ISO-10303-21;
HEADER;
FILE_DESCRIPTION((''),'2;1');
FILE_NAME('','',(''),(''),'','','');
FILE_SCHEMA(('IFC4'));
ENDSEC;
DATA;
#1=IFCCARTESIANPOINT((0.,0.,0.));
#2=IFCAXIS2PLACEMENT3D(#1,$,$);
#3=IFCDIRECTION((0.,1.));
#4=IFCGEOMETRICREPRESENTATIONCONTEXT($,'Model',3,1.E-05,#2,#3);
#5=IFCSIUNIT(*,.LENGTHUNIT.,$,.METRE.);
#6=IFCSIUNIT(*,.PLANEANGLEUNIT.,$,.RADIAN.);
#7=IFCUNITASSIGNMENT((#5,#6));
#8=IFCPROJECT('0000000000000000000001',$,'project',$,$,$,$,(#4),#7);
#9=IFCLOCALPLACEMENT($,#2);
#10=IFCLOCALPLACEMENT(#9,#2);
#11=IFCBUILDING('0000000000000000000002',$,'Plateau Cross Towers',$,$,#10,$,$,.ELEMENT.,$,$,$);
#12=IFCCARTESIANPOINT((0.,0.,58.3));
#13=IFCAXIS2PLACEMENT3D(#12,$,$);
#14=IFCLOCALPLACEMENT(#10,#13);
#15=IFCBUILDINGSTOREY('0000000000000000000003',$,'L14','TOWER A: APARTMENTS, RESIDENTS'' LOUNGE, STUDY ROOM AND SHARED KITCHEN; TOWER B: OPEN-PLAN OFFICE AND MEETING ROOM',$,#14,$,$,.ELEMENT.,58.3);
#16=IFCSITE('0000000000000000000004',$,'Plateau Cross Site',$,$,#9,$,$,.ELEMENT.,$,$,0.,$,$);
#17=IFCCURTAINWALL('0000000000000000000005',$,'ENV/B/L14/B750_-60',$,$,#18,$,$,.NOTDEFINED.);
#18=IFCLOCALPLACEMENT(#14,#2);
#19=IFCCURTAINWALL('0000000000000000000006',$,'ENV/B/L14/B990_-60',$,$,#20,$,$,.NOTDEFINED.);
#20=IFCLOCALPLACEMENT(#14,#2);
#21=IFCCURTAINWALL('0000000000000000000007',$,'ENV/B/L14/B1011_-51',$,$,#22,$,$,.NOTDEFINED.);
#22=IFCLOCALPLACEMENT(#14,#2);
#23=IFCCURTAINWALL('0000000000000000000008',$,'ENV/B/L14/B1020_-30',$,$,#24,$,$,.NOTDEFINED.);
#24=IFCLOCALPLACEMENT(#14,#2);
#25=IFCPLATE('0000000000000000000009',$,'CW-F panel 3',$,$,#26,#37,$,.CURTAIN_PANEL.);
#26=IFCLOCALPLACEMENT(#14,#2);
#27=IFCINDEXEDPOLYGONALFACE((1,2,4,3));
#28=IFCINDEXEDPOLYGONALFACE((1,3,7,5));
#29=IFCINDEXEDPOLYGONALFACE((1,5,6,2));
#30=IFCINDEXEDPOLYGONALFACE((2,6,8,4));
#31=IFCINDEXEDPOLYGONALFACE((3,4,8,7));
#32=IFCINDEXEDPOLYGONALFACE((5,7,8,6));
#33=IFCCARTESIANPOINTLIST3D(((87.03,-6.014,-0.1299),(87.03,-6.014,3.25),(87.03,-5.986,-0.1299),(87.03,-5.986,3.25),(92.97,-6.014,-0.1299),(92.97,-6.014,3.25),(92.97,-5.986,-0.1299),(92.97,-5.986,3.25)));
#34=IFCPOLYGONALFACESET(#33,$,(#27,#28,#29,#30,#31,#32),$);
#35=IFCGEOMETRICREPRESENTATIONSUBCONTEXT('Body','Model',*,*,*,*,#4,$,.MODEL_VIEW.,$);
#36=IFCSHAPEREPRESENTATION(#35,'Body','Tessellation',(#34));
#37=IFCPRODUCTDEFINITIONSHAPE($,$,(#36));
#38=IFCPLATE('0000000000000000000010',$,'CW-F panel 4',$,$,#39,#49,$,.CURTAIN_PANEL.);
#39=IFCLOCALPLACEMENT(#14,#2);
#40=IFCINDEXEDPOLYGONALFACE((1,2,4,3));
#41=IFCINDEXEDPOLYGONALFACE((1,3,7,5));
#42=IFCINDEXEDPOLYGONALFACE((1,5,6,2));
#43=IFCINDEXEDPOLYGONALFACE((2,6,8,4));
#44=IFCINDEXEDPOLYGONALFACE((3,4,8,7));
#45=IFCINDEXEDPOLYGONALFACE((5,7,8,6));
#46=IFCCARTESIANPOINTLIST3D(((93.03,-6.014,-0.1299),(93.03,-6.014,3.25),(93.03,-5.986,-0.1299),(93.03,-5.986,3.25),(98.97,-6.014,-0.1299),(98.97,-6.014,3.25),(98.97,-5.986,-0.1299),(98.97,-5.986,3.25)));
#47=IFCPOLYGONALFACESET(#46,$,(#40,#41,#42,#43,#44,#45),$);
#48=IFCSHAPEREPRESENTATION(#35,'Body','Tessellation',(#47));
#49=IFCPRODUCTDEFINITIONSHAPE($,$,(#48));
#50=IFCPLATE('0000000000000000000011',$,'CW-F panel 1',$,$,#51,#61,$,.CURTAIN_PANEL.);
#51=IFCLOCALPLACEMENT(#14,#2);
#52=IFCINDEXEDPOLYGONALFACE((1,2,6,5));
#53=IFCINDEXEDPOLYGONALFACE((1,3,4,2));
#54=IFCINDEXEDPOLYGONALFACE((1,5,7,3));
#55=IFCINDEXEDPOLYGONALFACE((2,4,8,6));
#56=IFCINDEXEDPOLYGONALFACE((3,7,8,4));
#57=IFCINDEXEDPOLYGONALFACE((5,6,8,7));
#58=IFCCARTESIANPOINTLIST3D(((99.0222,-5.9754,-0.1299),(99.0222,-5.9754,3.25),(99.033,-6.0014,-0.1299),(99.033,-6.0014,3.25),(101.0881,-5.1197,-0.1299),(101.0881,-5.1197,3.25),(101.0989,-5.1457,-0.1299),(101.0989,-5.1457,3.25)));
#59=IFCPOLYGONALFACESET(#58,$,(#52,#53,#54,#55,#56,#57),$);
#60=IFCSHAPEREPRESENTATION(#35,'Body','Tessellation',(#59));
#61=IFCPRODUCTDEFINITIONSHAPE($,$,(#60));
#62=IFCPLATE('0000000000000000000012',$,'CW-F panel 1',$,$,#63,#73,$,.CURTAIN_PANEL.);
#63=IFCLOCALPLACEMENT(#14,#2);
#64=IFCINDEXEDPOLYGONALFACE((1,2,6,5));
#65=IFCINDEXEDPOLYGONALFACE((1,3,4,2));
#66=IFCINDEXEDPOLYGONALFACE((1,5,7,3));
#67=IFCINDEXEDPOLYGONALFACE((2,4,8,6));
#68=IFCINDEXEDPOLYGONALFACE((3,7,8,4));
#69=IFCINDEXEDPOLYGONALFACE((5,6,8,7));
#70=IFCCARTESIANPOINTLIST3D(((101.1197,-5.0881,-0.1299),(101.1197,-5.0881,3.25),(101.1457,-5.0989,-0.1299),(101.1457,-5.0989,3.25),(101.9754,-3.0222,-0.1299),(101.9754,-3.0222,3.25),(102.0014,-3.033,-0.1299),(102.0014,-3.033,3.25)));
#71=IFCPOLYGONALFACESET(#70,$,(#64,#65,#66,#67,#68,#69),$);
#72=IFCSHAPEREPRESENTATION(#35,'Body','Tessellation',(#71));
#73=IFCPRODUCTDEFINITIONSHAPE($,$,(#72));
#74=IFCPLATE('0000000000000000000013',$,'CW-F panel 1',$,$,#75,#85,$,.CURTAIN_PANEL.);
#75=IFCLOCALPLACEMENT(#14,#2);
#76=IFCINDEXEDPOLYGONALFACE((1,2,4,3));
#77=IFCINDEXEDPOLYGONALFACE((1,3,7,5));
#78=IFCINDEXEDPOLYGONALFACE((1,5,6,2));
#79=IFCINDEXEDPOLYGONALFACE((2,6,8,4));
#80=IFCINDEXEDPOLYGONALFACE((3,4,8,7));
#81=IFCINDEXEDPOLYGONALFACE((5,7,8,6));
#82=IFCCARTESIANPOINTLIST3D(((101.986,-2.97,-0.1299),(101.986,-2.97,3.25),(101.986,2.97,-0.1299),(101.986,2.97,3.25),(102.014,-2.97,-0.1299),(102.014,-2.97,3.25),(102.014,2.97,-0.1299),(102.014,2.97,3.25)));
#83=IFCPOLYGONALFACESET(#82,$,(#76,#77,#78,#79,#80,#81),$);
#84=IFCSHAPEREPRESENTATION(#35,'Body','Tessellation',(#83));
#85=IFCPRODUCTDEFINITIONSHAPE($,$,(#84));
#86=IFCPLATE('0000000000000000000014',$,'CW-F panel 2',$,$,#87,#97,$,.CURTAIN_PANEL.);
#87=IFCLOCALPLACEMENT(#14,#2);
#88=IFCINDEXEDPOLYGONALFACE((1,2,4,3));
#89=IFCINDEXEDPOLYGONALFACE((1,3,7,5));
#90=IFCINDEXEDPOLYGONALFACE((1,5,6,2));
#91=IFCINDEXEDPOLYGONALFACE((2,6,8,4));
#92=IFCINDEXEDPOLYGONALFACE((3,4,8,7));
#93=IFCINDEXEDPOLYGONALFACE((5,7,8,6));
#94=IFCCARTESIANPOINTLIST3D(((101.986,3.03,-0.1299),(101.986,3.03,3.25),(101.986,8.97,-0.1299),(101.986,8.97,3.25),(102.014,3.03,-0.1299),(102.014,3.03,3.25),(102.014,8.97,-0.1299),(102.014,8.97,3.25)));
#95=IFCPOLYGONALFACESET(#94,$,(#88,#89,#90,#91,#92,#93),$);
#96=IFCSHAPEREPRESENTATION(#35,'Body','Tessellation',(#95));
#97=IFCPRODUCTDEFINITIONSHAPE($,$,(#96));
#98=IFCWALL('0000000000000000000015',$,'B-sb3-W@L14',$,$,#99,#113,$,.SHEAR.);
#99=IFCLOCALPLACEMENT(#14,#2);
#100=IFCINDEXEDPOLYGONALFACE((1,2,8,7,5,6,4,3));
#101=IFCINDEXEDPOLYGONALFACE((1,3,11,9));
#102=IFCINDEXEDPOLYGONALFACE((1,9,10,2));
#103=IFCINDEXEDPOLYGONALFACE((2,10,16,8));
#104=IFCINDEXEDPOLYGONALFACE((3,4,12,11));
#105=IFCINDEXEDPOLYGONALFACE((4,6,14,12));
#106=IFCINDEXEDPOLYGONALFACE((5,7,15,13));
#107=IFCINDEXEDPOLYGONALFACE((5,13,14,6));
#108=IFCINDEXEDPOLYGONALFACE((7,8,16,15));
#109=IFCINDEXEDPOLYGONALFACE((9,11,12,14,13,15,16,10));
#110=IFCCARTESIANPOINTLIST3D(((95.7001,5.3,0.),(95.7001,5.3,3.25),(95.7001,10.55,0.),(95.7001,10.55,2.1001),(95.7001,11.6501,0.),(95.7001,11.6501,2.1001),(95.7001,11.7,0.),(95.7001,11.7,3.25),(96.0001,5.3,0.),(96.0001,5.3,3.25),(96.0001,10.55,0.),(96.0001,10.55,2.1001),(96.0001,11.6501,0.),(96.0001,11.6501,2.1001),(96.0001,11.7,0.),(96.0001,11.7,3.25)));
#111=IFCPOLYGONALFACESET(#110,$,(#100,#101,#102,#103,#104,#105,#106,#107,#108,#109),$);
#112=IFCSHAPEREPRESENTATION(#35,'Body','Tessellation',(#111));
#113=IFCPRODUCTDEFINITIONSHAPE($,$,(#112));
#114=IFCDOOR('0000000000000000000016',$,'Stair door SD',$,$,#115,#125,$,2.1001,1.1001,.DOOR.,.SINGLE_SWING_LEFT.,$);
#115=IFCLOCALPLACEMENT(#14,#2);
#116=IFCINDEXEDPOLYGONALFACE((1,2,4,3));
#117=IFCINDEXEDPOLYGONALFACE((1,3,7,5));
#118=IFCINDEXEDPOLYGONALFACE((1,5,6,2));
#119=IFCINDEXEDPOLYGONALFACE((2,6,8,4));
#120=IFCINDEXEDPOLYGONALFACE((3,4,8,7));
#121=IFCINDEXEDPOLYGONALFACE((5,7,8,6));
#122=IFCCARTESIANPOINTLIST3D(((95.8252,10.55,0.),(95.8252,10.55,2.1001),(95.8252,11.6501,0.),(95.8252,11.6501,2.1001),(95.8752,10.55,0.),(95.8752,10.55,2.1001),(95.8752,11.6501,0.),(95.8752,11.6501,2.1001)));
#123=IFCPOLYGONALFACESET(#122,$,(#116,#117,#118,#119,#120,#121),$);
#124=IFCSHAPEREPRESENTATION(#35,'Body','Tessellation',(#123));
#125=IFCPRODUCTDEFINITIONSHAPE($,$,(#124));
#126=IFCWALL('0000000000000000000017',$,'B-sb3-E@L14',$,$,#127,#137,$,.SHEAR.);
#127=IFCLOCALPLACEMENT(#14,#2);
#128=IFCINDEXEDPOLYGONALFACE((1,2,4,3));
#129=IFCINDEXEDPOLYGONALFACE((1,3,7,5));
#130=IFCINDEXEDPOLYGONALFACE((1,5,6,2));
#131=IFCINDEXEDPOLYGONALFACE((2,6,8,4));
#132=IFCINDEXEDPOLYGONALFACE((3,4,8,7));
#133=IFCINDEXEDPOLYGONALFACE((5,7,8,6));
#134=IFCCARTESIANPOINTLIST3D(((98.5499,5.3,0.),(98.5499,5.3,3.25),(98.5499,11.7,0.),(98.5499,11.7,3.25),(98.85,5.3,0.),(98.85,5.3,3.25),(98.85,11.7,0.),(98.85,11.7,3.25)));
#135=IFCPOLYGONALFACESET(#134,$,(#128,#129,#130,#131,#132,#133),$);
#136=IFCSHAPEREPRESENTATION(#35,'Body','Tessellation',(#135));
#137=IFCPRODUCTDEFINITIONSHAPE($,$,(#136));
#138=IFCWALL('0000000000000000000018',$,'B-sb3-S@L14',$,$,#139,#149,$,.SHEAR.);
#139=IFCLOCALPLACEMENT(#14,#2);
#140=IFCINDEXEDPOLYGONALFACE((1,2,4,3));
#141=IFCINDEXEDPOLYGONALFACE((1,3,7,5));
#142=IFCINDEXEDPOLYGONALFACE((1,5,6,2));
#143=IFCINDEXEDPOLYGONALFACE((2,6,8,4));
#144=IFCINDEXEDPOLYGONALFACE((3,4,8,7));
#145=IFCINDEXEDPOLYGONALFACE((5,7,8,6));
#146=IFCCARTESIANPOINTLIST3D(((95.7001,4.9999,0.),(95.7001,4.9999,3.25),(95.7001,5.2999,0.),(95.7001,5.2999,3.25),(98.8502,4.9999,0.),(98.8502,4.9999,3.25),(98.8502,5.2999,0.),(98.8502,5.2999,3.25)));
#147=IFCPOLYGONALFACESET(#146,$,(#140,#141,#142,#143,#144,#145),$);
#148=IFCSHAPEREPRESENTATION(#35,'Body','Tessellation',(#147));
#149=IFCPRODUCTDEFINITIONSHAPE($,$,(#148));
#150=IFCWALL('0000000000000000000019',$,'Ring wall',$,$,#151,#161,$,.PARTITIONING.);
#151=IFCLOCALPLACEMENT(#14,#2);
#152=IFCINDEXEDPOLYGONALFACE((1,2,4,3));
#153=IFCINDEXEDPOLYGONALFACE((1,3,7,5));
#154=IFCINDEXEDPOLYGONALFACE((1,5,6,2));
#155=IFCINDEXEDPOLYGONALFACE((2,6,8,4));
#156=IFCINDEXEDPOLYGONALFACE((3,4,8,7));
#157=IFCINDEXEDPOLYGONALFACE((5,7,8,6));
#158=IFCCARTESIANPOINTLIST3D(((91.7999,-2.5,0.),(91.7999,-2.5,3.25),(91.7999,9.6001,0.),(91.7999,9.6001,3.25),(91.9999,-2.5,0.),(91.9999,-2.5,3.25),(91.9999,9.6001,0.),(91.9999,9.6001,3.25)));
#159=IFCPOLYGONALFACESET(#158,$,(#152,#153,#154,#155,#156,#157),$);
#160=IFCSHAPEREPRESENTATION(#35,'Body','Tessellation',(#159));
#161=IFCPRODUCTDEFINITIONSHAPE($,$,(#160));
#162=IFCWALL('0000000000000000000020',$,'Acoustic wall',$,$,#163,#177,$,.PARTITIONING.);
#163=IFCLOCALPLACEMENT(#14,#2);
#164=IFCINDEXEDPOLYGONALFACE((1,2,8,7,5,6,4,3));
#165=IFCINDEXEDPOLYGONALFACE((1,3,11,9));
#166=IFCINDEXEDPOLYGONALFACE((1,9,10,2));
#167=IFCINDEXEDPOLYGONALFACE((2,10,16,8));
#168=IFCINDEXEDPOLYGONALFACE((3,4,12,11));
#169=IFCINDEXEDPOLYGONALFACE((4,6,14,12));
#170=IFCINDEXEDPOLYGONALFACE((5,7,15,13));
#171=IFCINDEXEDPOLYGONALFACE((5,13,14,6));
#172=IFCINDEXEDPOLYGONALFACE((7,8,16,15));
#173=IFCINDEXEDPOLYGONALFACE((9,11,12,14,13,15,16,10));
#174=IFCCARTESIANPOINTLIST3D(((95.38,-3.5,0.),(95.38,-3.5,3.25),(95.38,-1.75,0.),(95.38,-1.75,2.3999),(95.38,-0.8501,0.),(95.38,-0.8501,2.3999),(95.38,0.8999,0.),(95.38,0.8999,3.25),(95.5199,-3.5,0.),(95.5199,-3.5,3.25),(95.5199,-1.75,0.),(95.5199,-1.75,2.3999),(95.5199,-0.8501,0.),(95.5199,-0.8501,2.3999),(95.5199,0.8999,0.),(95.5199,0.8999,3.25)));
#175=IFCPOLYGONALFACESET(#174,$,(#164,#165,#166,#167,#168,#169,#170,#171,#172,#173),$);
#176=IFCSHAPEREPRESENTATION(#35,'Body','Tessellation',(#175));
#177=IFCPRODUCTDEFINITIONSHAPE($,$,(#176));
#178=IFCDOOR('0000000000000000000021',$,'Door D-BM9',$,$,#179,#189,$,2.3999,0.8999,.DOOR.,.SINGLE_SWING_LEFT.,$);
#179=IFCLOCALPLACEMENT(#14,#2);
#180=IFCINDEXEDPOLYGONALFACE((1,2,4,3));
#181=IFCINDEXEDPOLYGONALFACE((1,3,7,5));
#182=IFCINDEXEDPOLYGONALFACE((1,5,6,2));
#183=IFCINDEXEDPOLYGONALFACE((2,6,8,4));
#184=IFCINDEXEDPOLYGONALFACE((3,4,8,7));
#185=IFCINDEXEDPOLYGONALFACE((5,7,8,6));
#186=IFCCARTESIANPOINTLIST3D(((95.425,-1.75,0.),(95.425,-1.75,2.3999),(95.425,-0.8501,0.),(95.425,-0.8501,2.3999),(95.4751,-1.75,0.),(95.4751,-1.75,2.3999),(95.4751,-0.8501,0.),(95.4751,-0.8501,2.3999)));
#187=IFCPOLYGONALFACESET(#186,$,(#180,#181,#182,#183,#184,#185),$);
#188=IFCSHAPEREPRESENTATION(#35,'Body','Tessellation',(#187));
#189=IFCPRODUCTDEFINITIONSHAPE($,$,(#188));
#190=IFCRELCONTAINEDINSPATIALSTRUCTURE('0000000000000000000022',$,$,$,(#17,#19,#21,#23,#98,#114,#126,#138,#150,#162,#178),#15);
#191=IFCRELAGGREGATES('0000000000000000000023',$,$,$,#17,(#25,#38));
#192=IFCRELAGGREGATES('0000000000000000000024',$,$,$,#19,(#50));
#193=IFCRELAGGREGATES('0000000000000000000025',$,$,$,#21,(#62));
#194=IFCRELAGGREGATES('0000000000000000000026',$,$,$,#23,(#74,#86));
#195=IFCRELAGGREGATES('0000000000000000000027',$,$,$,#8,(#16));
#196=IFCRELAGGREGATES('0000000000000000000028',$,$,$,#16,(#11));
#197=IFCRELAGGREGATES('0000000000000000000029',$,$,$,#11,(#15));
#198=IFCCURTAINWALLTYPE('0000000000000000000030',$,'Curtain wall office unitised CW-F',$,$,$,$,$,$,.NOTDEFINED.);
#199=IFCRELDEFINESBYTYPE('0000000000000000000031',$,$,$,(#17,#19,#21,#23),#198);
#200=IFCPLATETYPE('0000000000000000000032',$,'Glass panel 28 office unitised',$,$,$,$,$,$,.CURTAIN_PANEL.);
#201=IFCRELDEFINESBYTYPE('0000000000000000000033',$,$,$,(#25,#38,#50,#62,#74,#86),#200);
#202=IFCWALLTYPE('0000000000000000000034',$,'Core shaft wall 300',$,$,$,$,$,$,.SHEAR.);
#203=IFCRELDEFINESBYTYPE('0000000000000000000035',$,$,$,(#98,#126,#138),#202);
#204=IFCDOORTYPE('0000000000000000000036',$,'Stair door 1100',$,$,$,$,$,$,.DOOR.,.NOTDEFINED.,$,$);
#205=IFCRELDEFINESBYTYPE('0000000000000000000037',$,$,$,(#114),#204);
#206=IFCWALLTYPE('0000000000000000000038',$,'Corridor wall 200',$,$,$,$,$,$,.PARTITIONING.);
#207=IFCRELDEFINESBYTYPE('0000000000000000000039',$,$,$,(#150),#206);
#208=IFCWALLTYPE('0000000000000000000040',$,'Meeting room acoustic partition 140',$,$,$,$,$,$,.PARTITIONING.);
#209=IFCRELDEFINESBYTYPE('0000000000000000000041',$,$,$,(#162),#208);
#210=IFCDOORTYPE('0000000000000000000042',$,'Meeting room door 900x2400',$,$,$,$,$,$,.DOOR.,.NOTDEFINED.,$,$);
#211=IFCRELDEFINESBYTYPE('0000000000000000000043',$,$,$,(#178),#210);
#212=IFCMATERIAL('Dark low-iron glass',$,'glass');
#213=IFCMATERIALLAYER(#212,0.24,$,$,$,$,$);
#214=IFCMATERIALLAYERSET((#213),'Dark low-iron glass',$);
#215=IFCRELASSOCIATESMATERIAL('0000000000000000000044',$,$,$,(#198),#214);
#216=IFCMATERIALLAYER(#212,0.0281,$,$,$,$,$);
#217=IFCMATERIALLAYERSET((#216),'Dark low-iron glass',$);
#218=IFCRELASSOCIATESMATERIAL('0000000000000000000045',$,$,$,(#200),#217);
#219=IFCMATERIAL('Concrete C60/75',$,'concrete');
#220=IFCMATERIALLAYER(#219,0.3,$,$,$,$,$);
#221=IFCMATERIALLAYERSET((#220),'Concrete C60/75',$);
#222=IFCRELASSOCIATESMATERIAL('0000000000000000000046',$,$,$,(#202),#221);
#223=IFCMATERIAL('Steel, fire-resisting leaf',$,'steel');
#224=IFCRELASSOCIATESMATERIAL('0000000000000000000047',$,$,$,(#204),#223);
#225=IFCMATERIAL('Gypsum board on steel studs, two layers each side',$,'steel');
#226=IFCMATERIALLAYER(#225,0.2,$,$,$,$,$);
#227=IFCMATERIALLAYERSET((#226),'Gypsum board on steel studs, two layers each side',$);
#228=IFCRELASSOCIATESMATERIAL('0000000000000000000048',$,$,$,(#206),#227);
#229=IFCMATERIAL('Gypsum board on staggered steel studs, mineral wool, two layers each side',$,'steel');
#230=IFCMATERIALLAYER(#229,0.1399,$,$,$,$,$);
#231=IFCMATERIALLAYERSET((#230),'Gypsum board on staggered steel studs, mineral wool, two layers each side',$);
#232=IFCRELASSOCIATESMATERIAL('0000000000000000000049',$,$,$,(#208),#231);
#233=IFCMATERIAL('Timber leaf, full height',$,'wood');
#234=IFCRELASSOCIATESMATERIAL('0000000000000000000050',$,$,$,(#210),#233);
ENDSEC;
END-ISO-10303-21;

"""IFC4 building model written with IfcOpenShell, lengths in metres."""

from ifc_helpers import new_model, si_unit, direction, frame, frame_2d, origin, origin_2d, place, context, subcontext, project, spatial, rectangle, extrude, material, layer, layer_set, type_object, element, fill, aggregate, save


model = new_model("IFC4")

# Units and contexts
model_context = context("Model", 3, precision=1e-05, world=origin(), true_north=direction((0.0, 1.0)))
body_context = subcontext(model_context, "Body", "Model", "MODEL_VIEW")
ifc_project = project(units=[si_unit("LENGTHUNIT", "METRE"), si_unit("PLANEANGLEUNIT", "RADIAN")], contexts=[model_context])

# Site, building, storey
site_placement = place(None, origin())
site = spatial("IfcSite", under=ifc_project, at=site_placement, Name="Plateau Cross Site", CompositionType="ELEMENT", RefElevation=0.0)
building_placement = place(site_placement, origin())
building = spatial("IfcBuilding", under=site, at=building_placement, Name="Plateau Cross Towers", CompositionType="ELEMENT")
storey_placement = place(building_placement, frame((0.0, 0.0, 58.3)))
storey = spatial("IfcBuildingStorey", under=building, at=storey_placement, Name="L14", Description="TOWER A: APARTMENTS, RESIDENTS' LOUNGE, STUDY ROOM AND SHARED KITCHEN; TOWER B: OPEN-PLAN OFFICE AND MEETING ROOM", CompositionType="ELEMENT", Elevation=58.3)

# Shared definitions
ifc_material_1 = material(Name="Concrete C60/75", Category="concrete")

# Curtain walls
ifc_material_2 = material(Name="Dark low-iron glass", Category="glass")
ifc_layer_1 = layer(ifc_material_2, 0.24)
ifc_layer_set_1 = layer_set([ifc_layer_1], Name="Dark low-iron glass")
curtain_wall_type = type_object("IfcCurtainWallType", Name="Curtain wall office unitised CW-F", PredefinedType="NOTDEFINED", material=ifc_layer_set_1)
curtain_wall_1_placement = place(storey_placement, origin())
curtain_wall_1 = element("IfcCurtainWall", 1, at=curtain_wall_1_placement, inside=storey, type_object=curtain_wall_type, Name="ENV/B/L14/B750_-60", PredefinedType="NOTDEFINED")
curtain_wall_2_placement = place(storey_placement, origin())
curtain_wall_2 = element("IfcCurtainWall", 2, at=curtain_wall_2_placement, inside=storey, type_object=curtain_wall_type, Name="ENV/B/L14/B990_-60", PredefinedType="NOTDEFINED")
curtain_wall_3_placement = place(storey_placement, origin())
curtain_wall_3 = element("IfcCurtainWall", 3, at=curtain_wall_3_placement, inside=storey, type_object=curtain_wall_type, Name="ENV/B/L14/B1011_-51", PredefinedType="NOTDEFINED")

# Curtain wall
curtain_wall_4_placement = place(storey_placement, origin())
curtain_wall_4 = element("IfcCurtainWall", 4, at=curtain_wall_4_placement, inside=storey, type_object=curtain_wall_type, Name="ENV/B/L14/B1020_-30", PredefinedType="NOTDEFINED")

# Plates
ifc_layer_2 = layer(ifc_material_2, 0.0281)
ifc_layer_set_2 = layer_set([ifc_layer_2], Name="Dark low-iron glass")
plate_type = type_object("IfcPlateType", Name="Glass panel 28 office unitised", PredefinedType="CURTAIN_PANEL", material=ifc_layer_set_2)
plate_1_placement = place(storey_placement, frame((90.0, -6.0, -0.1299), z_axis=(0.0, 0.0, 1.0), x_axis=(1.0, 0.0, 0.0)))
plate_1 = element("IfcPlate", 5, at=plate_1_placement, type_object=plate_type, Name="CW-F panel 3", PredefinedType="CURTAIN_PANEL", context=body_context, shape_type="SweptSolid", body=[
    extrude(rectangle(XDim=5.9399, YDim=0.0281, at=origin_2d()), origin(), (0.0, 0.0, 1.0), 3.3799),
])
plate_2_placement = place(storey_placement, frame((96.0, -6.0, -0.1299), z_axis=(0.0, 0.0, 1.0), x_axis=(1.0, 0.0, 0.0)))
plate_2 = element("IfcPlate", 6, at=plate_2_placement, type_object=plate_type, Name="CW-F panel 4", PredefinedType="CURTAIN_PANEL", context=body_context, shape_type="SweptSolid", body=[
    extrude(rectangle(XDim=5.9399, YDim=0.0281, at=origin_2d()), origin(), (0.0, 0.0, 1.0), 3.3799),
])
aggregate(curtain_wall_1, [plate_1, plate_2])
plate_3_placement = place(storey_placement, frame((100.0605, -5.5605, -0.1299), z_axis=(0.0, 0.0, 1.0), x_axis=(0.923879, 0.382684, 0.0)))
plate_3 = element("IfcPlate", 7, at=plate_3_placement, type_object=plate_type, Name="CW-F panel 1", PredefinedType="CURTAIN_PANEL", context=body_context, shape_type="SweptSolid", body=[
    extrude(rectangle(XDim=2.2361, YDim=0.0281, at=origin_2d()), origin(), (0.0, 0.0, 1.0), 3.3799),
])
aggregate(curtain_wall_2, [plate_3])
plate_4_placement = place(storey_placement, frame((101.5605, -4.0605, -0.1299), z_axis=(0.0, 0.0, 1.0), x_axis=(0.382684, 0.923879, 0.0)))
plate_4 = element("IfcPlate", 8, at=plate_4_placement, type_object=plate_type, Name="CW-F panel 1", PredefinedType="CURTAIN_PANEL", context=body_context, shape_type="SweptSolid", body=[
    extrude(rectangle(XDim=2.2361, YDim=0.0281, at=origin_2d()), origin(), (0.0, 0.0, 1.0), 3.3799),
])
aggregate(curtain_wall_3, [plate_4])
plate_5_placement = place(storey_placement, frame((102.0, 0.0, -0.1299), z_axis=(0.0, 0.0, 1.0), x_axis=(0.0, 1.0, 0.0)))
plate_5 = element("IfcPlate", 9, at=plate_5_placement, type_object=plate_type, Name="CW-F panel 1", PredefinedType="CURTAIN_PANEL", context=body_context, shape_type="SweptSolid", body=[
    extrude(rectangle(XDim=5.9399, YDim=0.0281, at=origin_2d()), origin(), (0.0, 0.0, 1.0), 3.3799),
])
plate_6_placement = place(storey_placement, frame((102.0, 6.0, -0.1299), z_axis=(0.0, 0.0, 1.0), x_axis=(0.0, 1.0, 0.0)))
plate_6 = element("IfcPlate", 10, at=plate_6_placement, type_object=plate_type, Name="CW-F panel 2", PredefinedType="CURTAIN_PANEL", context=body_context, shape_type="SweptSolid", body=[
    extrude(rectangle(XDim=5.9399, YDim=0.0281, at=origin_2d()), origin(), (0.0, 0.0, 1.0), 3.3799),
])
aggregate(curtain_wall_4, [plate_5, plate_6])

# Wall, opening, door
ifc_layer_3 = layer(ifc_material_1, 0.3)
ifc_layer_set_3 = layer_set([ifc_layer_3], Name="Concrete C60/75")
wall_type_1 = type_object("IfcWallType", Name="Core shaft wall 300", PredefinedType="SHEAR", material=ifc_layer_set_3)
wall_1_placement = place(storey_placement, frame((95.8501, 5.3, 0.0), z_axis=(0.0, 0.0, 1.0), x_axis=(0.0, 1.0, 0.0)))
wall_1 = element("IfcWall", 11, at=wall_1_placement, inside=storey, type_object=wall_type_1, Name="B-sb3-W@L14", PredefinedType="SHEAR", context=body_context, shape_type="SweptSolid", body=[
    extrude(rectangle(XDim=6.3999, YDim=0.3, at=frame_2d((3.2, 0.0))), origin(), (0.0, 0.0, 1.0), 3.25),
])
opening_1_placement = place(wall_1_placement, frame((5.25, 0.0, 0.0)))
opening_1 = element("IfcOpeningElement", 12, at=opening_1_placement, cuts=wall_1, PredefinedType="OPENING", context=body_context, shape_type="SweptSolid", body=[
    extrude(rectangle(XDim=1.1001, YDim=2.1001, at=frame_2d((0.55, 1.05))), frame((0.0, 0.1599, 0.0), z_axis=(0.0, -1.0, 0.0), x_axis=(1.0, 0.0, 0.0)), (0.0, 0.0, 1.0), 0.3201),
])
ifc_material_3 = material(Name="Steel, fire-resisting leaf", Category="steel")
door_type_1 = type_object("IfcDoorType", Name="Stair door 1100", OperationType="NOTDEFINED", PredefinedType="DOOR", material=ifc_material_3)
door_1_placement = place(opening_1_placement, origin())
door_1 = element("IfcDoor", 13, at=door_1_placement, inside=storey, type_object=door_type_1, Name="Stair door SD", OperationType="SINGLE_SWING_LEFT", OverallHeight=2.1001, OverallWidth=1.1001, PredefinedType="DOOR", context=body_context, shape_type="SweptSolid", body=[
    extrude(rectangle(XDim=1.1001, YDim=2.1001, at=frame_2d((0.55, 1.05))), frame((0.0, 0.0249, 0.0), z_axis=(0.0, -1.0, 0.0), x_axis=(1.0, 0.0, 0.0)), (0.0, 0.0, 1.0), 0.05),
])
fill(opening_1, door_1)

# Walls
wall_2_placement = place(storey_placement, frame((98.7, 5.3, 0.0), z_axis=(0.0, 0.0, 1.0), x_axis=(0.0, 1.0, 0.0)))
element("IfcWall", 14, at=wall_2_placement, inside=storey, type_object=wall_type_1, Name="B-sb3-E@L14", PredefinedType="SHEAR", context=body_context, shape_type="SweptSolid", body=[
    extrude(rectangle(XDim=6.3999, YDim=0.3, at=frame_2d((3.2, 0.0))), origin(), (0.0, 0.0, 1.0), 3.25),
])
wall_3_placement = place(storey_placement, frame((95.7, 5.1499, 0.0), z_axis=(0.0, 0.0, 1.0), x_axis=(1.0, 0.0, 0.0)))
element("IfcWall", 15, at=wall_3_placement, inside=storey, type_object=wall_type_1, Name="B-sb3-S@L14", PredefinedType="SHEAR", context=body_context, shape_type="SweptSolid", body=[
    extrude(rectangle(XDim=3.1501, YDim=0.3, at=frame_2d((1.5752, 0.0))), origin(), (0.0, 0.0, 1.0), 3.25),
])
ifc_material_4 = material(Name="Gypsum board on steel studs, two layers each side", Category="steel")
ifc_layer_4 = layer(ifc_material_4, 0.2)
ifc_layer_set_4 = layer_set([ifc_layer_4], Name="Gypsum board on steel studs, two layers each side")
wall_type_2 = type_object("IfcWallType", Name="Corridor wall 200", PredefinedType="PARTITIONING", material=ifc_layer_set_4)
wall_4_placement = place(storey_placement, frame((91.8999, -2.5, 0.0), z_axis=(0.0, 0.0, 1.0), x_axis=(0.0, 1.0, 0.0)))
element("IfcWall", 16, at=wall_4_placement, inside=storey, type_object=wall_type_2, Name="Ring wall", PredefinedType="PARTITIONING", context=body_context, shape_type="SweptSolid", body=[
    extrude(rectangle(XDim=12.1001, YDim=0.2, at=frame_2d((6.05, 0.0))), origin(), (0.0, 0.0, 1.0), 3.25),
])

# Wall, opening, door
ifc_material_5 = material(Name="Gypsum board on staggered steel studs, mineral wool, two layers each side", Category="steel")
ifc_layer_5 = layer(ifc_material_5, 0.1399)
ifc_layer_set_5 = layer_set([ifc_layer_5], Name="Gypsum board on staggered steel studs, mineral wool, two layers each side")
wall_type_3 = type_object("IfcWallType", Name="Meeting room acoustic partition 140", PredefinedType="PARTITIONING", material=ifc_layer_set_5)
wall_5_placement = place(storey_placement, frame((95.45, -3.5, 0.0), z_axis=(0.0, 0.0, 1.0), x_axis=(0.0, 1.0, 0.0)))
wall_5 = element("IfcWall", 17, at=wall_5_placement, inside=storey, type_object=wall_type_3, Name="Acoustic wall", PredefinedType="PARTITIONING", context=body_context, shape_type="SweptSolid", body=[
    extrude(rectangle(XDim=4.3999, YDim=0.1399, at=frame_2d((2.2, 0.0))), origin(), (0.0, 0.0, 1.0), 3.25),
])
opening_2_placement = place(wall_5_placement, frame((1.75, 0.0, 0.0)))
opening_2 = element("IfcOpeningElement", 18, at=opening_2_placement, cuts=wall_5, PredefinedType="OPENING", context=body_context, shape_type="SweptSolid", body=[
    extrude(rectangle(XDim=0.8999, YDim=2.3999, at=frame_2d((0.45, 1.2))), frame((0.0, 0.0798, 0.0), z_axis=(0.0, -1.0, 0.0), x_axis=(1.0, 0.0, 0.0)), (0.0, 0.0, 1.0), 0.1599),
])
ifc_material_6 = material(Name="Timber leaf, full height", Category="wood")
door_type_2 = type_object("IfcDoorType", Name="Meeting room door 900x2400", OperationType="NOTDEFINED", PredefinedType="DOOR", material=ifc_material_6)
door_2_placement = place(opening_2_placement, origin())
door_2 = element("IfcDoor", 19, at=door_2_placement, inside=storey, type_object=door_type_2, Name="Door D-BM9", OperationType="SINGLE_SWING_LEFT", OverallHeight=2.3999, OverallWidth=0.8999, PredefinedType="DOOR", context=body_context, shape_type="SweptSolid", body=[
    extrude(rectangle(XDim=0.8999, YDim=2.3999, at=frame_2d((0.45, 1.2))), frame((0.0, 0.0249, 0.0), z_axis=(0.0, -1.0, 0.0), x_axis=(1.0, 0.0, 0.0)), (0.0, 0.0, 1.0), 0.05),
])
fill(opening_2, door_2)

save(model, "model.ifc")
